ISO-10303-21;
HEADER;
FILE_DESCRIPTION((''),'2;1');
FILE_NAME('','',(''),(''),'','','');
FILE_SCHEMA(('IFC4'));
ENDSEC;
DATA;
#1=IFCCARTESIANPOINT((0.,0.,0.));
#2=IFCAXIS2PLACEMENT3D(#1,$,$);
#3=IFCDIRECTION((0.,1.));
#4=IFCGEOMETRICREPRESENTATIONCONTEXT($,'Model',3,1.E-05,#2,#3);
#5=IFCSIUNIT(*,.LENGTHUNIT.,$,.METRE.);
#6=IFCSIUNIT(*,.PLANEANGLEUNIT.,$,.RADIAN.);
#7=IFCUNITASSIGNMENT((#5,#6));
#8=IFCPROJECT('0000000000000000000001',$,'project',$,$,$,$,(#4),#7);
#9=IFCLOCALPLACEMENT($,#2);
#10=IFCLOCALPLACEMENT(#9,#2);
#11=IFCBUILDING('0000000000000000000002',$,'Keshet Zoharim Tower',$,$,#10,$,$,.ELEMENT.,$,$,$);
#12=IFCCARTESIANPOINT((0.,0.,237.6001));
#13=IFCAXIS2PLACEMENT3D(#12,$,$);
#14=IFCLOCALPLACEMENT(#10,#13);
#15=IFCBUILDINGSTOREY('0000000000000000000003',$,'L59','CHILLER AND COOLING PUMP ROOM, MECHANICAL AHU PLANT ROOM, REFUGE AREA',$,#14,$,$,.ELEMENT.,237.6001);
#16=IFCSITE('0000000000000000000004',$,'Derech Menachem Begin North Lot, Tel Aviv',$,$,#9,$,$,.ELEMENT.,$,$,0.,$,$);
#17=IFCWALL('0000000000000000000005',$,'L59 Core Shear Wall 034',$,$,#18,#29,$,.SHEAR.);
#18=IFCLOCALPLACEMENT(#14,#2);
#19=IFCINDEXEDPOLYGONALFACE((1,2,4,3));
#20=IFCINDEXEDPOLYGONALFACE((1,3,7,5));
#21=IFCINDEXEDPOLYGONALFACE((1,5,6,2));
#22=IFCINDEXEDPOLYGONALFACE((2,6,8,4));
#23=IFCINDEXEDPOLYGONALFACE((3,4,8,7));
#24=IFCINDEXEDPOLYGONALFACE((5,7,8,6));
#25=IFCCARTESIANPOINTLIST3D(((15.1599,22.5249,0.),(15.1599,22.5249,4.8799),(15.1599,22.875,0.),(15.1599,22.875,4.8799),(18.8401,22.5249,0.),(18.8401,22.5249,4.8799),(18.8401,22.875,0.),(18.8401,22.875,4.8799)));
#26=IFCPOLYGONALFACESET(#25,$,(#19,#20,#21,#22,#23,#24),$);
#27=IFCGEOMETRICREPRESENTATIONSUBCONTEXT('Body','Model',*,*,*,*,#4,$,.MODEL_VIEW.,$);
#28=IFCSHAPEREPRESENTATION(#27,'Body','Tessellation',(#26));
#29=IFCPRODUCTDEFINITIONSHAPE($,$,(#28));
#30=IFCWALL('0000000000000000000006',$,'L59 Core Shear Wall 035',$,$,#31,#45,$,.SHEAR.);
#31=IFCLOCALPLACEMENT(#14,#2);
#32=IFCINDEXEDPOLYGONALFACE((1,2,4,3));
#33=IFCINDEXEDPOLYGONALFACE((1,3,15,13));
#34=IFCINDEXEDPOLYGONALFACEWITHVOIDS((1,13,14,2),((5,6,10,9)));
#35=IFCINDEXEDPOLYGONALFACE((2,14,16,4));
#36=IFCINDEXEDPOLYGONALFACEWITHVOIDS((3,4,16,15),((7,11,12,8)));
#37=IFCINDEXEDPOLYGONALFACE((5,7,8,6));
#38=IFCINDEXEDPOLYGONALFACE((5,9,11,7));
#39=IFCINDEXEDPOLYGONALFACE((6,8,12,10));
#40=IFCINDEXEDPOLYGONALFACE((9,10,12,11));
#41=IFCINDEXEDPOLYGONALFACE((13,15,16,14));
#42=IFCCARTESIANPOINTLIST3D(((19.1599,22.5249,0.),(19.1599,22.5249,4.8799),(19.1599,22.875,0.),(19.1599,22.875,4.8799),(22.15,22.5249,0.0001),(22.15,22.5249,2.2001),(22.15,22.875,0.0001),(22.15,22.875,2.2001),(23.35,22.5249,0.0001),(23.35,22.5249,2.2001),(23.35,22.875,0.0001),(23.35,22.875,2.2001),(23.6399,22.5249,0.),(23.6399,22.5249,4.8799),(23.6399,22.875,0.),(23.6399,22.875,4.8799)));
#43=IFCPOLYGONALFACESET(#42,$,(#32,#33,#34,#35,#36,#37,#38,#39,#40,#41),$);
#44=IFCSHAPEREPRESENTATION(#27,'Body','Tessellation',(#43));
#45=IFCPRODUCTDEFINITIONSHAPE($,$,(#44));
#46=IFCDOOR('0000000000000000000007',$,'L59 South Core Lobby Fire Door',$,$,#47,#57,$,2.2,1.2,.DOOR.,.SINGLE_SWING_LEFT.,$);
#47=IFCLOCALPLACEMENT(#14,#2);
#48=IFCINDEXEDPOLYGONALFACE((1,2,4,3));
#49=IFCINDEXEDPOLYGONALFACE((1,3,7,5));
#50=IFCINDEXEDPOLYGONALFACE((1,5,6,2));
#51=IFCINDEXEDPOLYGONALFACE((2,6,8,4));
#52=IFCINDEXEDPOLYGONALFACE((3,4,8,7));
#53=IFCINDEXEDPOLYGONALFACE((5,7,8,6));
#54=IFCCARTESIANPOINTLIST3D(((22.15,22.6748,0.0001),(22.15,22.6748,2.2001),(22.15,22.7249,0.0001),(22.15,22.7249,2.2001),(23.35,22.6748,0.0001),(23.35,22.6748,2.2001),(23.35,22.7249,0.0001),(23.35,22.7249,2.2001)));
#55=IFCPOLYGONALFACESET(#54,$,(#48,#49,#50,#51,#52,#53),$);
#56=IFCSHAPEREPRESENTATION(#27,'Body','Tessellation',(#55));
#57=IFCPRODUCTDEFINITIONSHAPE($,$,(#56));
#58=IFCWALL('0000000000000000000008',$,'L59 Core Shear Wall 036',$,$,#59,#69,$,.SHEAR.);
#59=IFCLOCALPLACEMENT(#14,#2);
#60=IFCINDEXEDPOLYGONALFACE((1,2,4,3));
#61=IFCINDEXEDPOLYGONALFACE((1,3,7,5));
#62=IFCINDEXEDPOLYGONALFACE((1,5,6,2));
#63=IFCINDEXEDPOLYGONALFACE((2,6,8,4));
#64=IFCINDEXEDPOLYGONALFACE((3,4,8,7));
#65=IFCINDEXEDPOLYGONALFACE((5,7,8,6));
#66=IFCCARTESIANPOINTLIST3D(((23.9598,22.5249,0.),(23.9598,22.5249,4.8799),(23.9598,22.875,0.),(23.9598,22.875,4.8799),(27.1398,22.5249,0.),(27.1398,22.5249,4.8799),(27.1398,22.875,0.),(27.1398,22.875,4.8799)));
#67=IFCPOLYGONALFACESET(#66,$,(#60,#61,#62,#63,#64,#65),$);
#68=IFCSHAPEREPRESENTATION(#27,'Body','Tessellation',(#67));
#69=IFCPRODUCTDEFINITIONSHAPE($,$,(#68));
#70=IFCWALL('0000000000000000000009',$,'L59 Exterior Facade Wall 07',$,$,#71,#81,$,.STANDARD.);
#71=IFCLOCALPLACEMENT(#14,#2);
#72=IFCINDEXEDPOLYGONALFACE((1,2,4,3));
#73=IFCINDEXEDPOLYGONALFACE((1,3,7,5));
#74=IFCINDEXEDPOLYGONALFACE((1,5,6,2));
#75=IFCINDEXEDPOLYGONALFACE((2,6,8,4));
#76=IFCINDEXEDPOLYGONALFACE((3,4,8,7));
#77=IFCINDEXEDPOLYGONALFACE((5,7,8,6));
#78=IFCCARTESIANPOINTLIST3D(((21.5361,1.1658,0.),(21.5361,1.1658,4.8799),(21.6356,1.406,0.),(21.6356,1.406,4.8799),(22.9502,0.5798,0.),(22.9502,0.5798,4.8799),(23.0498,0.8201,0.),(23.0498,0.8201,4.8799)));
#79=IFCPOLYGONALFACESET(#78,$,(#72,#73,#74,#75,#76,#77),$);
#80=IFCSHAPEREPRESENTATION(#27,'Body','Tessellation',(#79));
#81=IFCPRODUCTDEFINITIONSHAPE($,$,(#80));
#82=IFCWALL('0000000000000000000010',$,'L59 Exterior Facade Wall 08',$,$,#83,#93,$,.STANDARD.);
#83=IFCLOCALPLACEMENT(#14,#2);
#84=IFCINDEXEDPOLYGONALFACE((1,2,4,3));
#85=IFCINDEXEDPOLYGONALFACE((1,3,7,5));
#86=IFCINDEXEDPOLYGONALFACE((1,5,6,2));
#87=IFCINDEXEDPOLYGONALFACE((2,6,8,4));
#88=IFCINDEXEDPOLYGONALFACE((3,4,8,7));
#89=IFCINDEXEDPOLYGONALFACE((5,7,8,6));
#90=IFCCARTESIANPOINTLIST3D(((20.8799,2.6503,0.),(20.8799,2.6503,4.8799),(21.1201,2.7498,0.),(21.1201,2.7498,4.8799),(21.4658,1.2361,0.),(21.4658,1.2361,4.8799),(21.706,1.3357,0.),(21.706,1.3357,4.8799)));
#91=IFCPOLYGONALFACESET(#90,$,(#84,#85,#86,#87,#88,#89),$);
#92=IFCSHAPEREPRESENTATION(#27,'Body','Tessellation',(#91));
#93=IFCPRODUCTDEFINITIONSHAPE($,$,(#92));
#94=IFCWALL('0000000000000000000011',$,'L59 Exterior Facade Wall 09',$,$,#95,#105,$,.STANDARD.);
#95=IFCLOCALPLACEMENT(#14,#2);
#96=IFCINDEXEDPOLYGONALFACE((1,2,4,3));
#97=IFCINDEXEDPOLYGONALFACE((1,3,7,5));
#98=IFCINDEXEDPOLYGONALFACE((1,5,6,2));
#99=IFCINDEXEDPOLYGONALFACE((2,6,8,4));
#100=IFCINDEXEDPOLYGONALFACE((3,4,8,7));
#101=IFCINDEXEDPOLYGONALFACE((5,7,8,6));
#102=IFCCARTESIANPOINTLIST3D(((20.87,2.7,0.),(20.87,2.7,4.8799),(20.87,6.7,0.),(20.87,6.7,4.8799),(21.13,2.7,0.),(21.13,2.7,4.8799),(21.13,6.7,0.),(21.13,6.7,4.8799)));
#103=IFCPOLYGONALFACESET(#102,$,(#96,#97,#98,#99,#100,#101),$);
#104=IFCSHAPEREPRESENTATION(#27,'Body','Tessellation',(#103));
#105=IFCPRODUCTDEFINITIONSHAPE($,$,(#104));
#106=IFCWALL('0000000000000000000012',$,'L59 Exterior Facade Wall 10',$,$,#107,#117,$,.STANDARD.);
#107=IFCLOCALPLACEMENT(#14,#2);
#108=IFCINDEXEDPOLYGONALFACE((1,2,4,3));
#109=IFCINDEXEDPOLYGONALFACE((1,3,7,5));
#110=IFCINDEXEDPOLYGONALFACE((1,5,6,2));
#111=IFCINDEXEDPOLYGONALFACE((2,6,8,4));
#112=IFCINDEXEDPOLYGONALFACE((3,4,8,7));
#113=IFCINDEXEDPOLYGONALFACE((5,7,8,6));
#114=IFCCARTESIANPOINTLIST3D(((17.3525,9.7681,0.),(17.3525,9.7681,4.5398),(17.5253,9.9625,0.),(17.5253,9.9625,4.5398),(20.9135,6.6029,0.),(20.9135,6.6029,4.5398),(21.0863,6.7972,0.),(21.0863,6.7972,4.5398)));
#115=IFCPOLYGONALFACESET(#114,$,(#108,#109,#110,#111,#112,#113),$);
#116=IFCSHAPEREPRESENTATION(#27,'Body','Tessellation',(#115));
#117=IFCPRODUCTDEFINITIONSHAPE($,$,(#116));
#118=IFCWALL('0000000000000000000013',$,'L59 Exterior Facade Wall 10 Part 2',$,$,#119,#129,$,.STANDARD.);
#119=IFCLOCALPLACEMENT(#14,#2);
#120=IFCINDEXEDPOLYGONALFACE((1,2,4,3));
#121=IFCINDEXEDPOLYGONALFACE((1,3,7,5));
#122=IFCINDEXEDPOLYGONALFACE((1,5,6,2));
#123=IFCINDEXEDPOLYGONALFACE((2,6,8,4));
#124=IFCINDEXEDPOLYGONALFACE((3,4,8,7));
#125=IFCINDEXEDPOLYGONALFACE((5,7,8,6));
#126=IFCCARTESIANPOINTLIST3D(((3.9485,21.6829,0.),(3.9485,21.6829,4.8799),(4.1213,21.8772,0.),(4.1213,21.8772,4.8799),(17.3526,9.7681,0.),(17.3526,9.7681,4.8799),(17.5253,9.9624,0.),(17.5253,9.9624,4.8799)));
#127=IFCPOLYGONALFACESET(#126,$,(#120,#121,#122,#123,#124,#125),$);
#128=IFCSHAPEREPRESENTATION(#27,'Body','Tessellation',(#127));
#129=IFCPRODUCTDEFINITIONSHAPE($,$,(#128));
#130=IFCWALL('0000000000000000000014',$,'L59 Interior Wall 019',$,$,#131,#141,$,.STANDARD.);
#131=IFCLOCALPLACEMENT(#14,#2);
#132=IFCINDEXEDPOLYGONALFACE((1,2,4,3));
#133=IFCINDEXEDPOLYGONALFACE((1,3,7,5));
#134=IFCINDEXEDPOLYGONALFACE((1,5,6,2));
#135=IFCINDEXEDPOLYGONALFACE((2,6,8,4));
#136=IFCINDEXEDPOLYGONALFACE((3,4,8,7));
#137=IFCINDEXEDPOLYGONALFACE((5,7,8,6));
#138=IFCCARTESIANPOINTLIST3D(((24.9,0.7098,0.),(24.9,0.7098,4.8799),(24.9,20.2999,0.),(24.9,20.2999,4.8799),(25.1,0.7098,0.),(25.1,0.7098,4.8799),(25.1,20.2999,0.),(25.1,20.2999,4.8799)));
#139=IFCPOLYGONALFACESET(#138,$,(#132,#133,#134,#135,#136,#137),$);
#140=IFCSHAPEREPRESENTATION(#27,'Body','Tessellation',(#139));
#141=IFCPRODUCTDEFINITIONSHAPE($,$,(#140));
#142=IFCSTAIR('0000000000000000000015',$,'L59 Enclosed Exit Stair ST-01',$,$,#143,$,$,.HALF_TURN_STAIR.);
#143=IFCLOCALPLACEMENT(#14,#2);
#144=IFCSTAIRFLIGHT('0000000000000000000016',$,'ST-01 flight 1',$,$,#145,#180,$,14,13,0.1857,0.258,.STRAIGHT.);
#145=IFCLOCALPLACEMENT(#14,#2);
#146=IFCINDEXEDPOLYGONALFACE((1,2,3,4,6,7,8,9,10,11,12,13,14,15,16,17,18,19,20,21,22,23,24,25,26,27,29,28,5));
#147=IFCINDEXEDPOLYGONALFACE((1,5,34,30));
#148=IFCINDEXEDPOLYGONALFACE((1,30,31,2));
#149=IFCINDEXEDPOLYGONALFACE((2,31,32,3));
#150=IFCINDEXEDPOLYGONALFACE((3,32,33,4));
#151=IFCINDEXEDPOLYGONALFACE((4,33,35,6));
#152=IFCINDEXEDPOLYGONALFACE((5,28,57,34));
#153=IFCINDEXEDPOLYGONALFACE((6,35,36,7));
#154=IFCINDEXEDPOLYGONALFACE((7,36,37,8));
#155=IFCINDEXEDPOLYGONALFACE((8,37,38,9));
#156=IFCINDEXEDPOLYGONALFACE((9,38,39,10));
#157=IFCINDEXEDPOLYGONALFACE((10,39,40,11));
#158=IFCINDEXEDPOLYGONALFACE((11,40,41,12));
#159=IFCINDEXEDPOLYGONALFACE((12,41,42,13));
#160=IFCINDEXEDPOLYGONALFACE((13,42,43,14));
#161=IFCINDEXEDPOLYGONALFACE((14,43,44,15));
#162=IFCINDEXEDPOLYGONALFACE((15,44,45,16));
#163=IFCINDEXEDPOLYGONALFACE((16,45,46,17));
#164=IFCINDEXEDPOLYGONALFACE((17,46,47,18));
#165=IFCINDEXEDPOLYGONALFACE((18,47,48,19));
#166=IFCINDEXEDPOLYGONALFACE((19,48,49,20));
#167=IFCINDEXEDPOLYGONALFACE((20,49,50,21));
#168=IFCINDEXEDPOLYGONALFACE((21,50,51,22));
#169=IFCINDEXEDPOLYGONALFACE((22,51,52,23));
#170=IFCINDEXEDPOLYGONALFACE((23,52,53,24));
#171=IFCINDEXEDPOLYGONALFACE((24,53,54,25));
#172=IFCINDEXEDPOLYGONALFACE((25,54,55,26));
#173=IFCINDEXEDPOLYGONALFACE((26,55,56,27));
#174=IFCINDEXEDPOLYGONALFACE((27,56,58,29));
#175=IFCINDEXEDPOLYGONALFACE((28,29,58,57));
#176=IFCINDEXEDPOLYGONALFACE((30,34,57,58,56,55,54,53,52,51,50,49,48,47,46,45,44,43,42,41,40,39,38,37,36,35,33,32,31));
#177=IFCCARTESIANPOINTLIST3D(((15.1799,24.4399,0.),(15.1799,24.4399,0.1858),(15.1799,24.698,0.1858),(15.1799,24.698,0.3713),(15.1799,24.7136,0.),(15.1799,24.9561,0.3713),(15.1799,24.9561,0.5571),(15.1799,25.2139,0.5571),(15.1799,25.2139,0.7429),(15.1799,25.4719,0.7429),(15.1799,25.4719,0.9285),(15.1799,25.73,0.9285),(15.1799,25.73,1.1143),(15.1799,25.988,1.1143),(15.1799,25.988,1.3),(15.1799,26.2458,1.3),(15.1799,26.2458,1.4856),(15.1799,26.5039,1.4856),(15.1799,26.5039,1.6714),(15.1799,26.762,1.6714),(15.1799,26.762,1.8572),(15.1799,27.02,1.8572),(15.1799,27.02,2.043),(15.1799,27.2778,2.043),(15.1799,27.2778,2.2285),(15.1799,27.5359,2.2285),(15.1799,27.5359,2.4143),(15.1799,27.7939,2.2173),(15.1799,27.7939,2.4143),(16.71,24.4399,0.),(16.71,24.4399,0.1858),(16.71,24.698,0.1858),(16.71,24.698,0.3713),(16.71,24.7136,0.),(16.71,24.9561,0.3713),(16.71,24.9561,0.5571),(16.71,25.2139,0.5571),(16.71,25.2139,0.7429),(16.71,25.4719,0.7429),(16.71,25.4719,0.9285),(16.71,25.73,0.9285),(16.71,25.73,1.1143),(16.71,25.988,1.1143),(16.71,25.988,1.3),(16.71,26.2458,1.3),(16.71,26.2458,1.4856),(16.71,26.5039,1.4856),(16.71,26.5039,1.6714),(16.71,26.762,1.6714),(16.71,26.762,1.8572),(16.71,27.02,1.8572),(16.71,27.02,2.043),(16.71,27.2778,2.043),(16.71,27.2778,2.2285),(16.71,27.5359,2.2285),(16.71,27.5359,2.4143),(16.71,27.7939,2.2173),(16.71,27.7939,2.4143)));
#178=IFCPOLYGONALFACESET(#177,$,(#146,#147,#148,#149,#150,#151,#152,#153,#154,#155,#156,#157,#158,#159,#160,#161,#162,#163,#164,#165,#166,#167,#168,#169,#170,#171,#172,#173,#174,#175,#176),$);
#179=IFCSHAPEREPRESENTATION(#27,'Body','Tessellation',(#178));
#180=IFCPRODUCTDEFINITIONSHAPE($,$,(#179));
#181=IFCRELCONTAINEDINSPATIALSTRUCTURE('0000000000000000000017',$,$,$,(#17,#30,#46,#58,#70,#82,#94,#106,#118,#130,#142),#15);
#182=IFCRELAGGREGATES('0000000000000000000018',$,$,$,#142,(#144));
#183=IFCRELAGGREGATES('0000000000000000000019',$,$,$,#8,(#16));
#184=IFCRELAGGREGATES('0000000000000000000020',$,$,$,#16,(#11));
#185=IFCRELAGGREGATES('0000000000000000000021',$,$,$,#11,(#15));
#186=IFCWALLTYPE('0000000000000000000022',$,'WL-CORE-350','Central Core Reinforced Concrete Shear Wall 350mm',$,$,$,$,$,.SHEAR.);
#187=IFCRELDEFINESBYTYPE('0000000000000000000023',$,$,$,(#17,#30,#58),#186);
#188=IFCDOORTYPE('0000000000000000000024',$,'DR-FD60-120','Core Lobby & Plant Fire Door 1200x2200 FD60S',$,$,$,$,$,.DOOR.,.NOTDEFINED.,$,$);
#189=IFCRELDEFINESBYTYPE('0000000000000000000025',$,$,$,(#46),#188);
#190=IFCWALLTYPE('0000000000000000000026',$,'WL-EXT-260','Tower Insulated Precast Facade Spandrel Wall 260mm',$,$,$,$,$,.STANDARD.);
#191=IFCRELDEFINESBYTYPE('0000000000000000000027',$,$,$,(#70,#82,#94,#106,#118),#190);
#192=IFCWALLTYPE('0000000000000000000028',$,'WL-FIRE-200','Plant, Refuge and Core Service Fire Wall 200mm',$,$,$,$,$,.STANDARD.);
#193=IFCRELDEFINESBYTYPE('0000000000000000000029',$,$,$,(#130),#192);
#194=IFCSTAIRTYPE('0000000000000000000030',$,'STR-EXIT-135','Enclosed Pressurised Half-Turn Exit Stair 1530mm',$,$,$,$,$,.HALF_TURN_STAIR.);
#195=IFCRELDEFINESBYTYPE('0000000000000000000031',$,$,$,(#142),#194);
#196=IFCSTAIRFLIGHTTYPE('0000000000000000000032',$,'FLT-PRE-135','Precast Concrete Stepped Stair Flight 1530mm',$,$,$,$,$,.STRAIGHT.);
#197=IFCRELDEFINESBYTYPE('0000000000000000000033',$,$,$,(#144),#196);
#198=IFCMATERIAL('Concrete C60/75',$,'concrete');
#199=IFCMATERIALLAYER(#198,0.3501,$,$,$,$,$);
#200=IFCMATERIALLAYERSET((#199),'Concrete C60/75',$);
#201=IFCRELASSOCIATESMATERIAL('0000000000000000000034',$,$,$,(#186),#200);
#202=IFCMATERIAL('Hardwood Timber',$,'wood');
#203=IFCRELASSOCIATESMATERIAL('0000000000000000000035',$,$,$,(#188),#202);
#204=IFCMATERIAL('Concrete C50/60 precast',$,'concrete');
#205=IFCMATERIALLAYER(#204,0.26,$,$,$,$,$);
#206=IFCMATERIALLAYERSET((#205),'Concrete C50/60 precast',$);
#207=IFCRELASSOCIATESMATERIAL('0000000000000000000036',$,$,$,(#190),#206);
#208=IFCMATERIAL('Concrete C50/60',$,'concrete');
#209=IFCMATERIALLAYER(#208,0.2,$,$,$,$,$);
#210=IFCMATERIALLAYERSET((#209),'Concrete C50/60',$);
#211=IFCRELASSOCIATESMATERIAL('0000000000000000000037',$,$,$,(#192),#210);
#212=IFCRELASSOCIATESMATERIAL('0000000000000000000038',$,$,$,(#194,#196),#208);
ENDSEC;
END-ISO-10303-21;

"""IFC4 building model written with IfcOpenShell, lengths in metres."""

from ifc_helpers import new_model, si_unit, direction, frame, frame_2d, origin, place, context, subcontext, project, spatial, polyline, rectangle, outline, extrude, material, layer, layer_set, type_object, element, fill, aggregate, save


model = new_model("IFC4")

# Units and contexts
model_context = context("Model", 3, precision=1e-05, world=origin(), true_north=direction((0.0, 1.0)))
body_context = subcontext(model_context, "Body", "Model", "MODEL_VIEW")
ifc_project = project(units=[si_unit("LENGTHUNIT", "METRE"), si_unit("PLANEANGLEUNIT", "RADIAN")], contexts=[model_context])

# Site, building, storey
site_placement = place(None, origin())
site = spatial("IfcSite", under=ifc_project, at=site_placement, Name="Derech Menachem Begin North Lot, Tel Aviv", CompositionType="ELEMENT", RefElevation=0.0)
building_placement = place(site_placement, origin())
building = spatial("IfcBuilding", under=site, at=building_placement, Name="Keshet Zoharim Tower", CompositionType="ELEMENT")
storey_placement = place(building_placement, frame((0.0, 0.0, 237.6001)))
storey = spatial("IfcBuildingStorey", under=building, at=storey_placement, Name="L59", Description="CHILLER AND COOLING PUMP ROOM, MECHANICAL AHU PLANT ROOM, REFUGE AREA", CompositionType="ELEMENT", Elevation=237.6001)

# Shared definitions
ifc_material_1 = material(Name="Concrete C50/60", Category="concrete")

# Shared definitions
ifc_material_2 = material(Name="Concrete C60/75", Category="concrete")

# Shared definitions
ifc_layer_1 = layer(ifc_material_2, 0.3501)
ifc_layer_set_1 = layer_set([ifc_layer_1], Name="Concrete C60/75")
wall_type_1 = type_object("IfcWallType", Name="WL-CORE-350", Description="Central Core Reinforced Concrete Shear Wall 350mm", PredefinedType="SHEAR", material=ifc_layer_set_1)
ifc_material_3 = material(Name="Hardwood Timber", Category="wood")

# Wall
wall_1_placement = place(storey_placement, frame((15.1599, 22.7, 0.0), z_axis=(0.0, 0.0, 1.0), x_axis=(1.0, 0.0, 0.0)))
element("IfcWall", 1, at=wall_1_placement, inside=storey, type_object=wall_type_1, Name="L59 Core Shear Wall 034", PredefinedType="SHEAR", context=body_context, shape_type="SweptSolid", body=[
    extrude(rectangle(XDim=3.6802, YDim=0.3501, at=frame_2d((1.8401, 0.0))), origin(), (0.0, 0.0, 1.0), 4.8799),
])

# Wall, opening, door
wall_2_placement = place(storey_placement, frame((19.1599, 22.7, 0.0), z_axis=(0.0, 0.0, 1.0), x_axis=(1.0, 0.0, 0.0)))
wall_2 = element("IfcWall", 2, at=wall_2_placement, inside=storey, type_object=wall_type_1, Name="L59 Core Shear Wall 035", PredefinedType="SHEAR", context=body_context, shape_type="SweptSolid", body=[
    extrude(rectangle(XDim=4.48, YDim=0.3501, at=frame_2d((2.24, 0.0))), origin(), (0.0, 0.0, 1.0), 4.8799),
])
opening_1_placement = place(wall_2_placement, frame((2.99, 0.0, 0.0)))
opening_1 = element("IfcOpeningElement", 3, at=opening_1_placement, cuts=wall_2, PredefinedType="OPENING", context=body_context, shape_type="SweptSolid", body=[
    extrude(rectangle(XDim=1.2, YDim=2.2, at=frame_2d((0.6001, 1.1001))), frame((0.0, 0.1851, 0.0), z_axis=(0.0, -1.0, 0.0), x_axis=(1.0, 0.0, 0.0)), (0.0, 0.0, 1.0), 0.3701),
])
door_type_1 = type_object("IfcDoorType", Name="DR-FD60-120", Description="Core Lobby & Plant Fire Door 1200x2200 FD60S", OperationType="NOTDEFINED", PredefinedType="DOOR", material=ifc_material_3)
door_1_placement = place(opening_1_placement, origin())
door_1 = element("IfcDoor", 4, at=door_1_placement, inside=storey, type_object=door_type_1, Name="L59 South Core Lobby Fire Door", OperationType="SINGLE_SWING_LEFT", OverallHeight=2.2, OverallWidth=1.2, PredefinedType="DOOR", context=body_context, shape_type="SweptSolid", body=[
    extrude(rectangle(XDim=1.2, YDim=2.2, at=frame_2d((0.6001, 1.1001))), frame((0.0, 0.0249, 0.0), z_axis=(0.0, -1.0, 0.0), x_axis=(1.0, 0.0, 0.0)), (0.0, 0.0, 1.0), 0.05),
])
fill(opening_1, door_1)

# Walls
wall_3_placement = place(storey_placement, frame((23.96, 22.7, 0.0), z_axis=(0.0, 0.0, 1.0), x_axis=(1.0, 0.0, 0.0)))
element("IfcWall", 5, at=wall_3_placement, inside=storey, type_object=wall_type_1, Name="L59 Core Shear Wall 036", PredefinedType="SHEAR", context=body_context, shape_type="SweptSolid", body=[
    extrude(rectangle(XDim=3.1799, YDim=0.3501, at=frame_2d((1.5898, 0.0))), origin(), (0.0, 0.0, 1.0), 4.8799),
])
ifc_material_4 = material(Name="Concrete C50/60 precast", Category="concrete")
ifc_layer_2 = layer(ifc_material_4, 0.26)
ifc_layer_set_2 = layer_set([ifc_layer_2], Name="Concrete C50/60 precast")
wall_type_2 = type_object("IfcWallType", Name="WL-EXT-260", Description="Tower Insulated Precast Facade Spandrel Wall 260mm", PredefinedType="STANDARD", material=ifc_layer_set_2)
for number, where, z_axis, x_axis, name in (
    (6, (23.0, 0.7, 0.0), (0.0, 0.0, 1.0), (-0.92383, 0.382803, 0.0), "L59 Exterior Facade Wall 07"),
    (7, (21.5859, 1.2859, 0.0), (0.0, 0.0, 1.0), (-0.382803, 0.92383, 0.0), "L59 Exterior Facade Wall 08"),
):
    element("IfcWall", number, at=place(storey_placement, frame(where, z_axis=z_axis, x_axis=x_axis)), inside=storey, type_object=wall_type_2, Name=name, PredefinedType="STANDARD", context=body_context, shape_type="SweptSolid", body=[
        extrude(rectangle(XDim=1.5308, YDim=0.26, at=frame_2d((0.7654, 0.0))), origin(), (0.0, 0.0, 1.0), 4.8799),
    ])
wall_4_placement = place(storey_placement, frame((21.0, 2.7, 0.0), z_axis=(0.0, 0.0, 1.0), x_axis=(0.0, 1.0, 0.0)))
element("IfcWall", 8, at=wall_4_placement, inside=storey, type_object=wall_type_2, Name="L59 Exterior Facade Wall 09", PredefinedType="STANDARD", context=body_context, shape_type="SweptSolid", body=[
    extrude(rectangle(XDim=4.0, YDim=0.26, at=frame_2d((2.0, 0.0))), origin(), (0.0, 0.0, 1.0), 4.8799),
])
wall_5_placement = place(storey_placement, frame((21.0, 6.7, 0.0), z_axis=(0.0, 0.0, 1.0), x_axis=(-0.747418, 0.664354, 0.0)))
element("IfcWall", 9, at=wall_5_placement, inside=storey, type_object=wall_type_2, Name="L59 Exterior Facade Wall 10", PredefinedType="STANDARD", context=body_context, shape_type="SweptSolid", body=[
    extrude(rectangle(XDim=4.7644, YDim=0.26, at=frame_2d((2.3823, 0.0))), origin(), (0.0, 0.0, 1.0), 4.5398),
])
wall_6_placement = place(storey_placement, frame((17.439, 9.8652, 0.0), z_axis=(0.0, 0.0, 1.0), x_axis=(-0.747407, 0.664366, 0.0)))
element("IfcWall", 10, at=wall_6_placement, inside=storey, type_object=wall_type_2, Name="L59 Exterior Facade Wall 10 Part 2", PredefinedType="STANDARD", context=body_context, shape_type="SweptSolid", body=[
    extrude(rectangle(XDim=17.9341, YDim=0.26, at=frame_2d((8.967, 0.0))), origin(), (0.0, 0.0, 1.0), 4.8799),
])
ifc_layer_3 = layer(ifc_material_1, 0.2)
ifc_layer_set_3 = layer_set([ifc_layer_3], Name="Concrete C50/60")
wall_type_3 = type_object("IfcWallType", Name="WL-FIRE-200", Description="Plant, Refuge and Core Service Fire Wall 200mm", PredefinedType="STANDARD", material=ifc_layer_set_3)
wall_7_placement = place(storey_placement, frame((25.0, 0.71, 0.0), z_axis=(0.0, 0.0, 1.0), x_axis=(0.0, 1.0, 0.0)))
element("IfcWall", 11, at=wall_7_placement, inside=storey, type_object=wall_type_3, Name="L59 Interior Wall 019", PredefinedType="STANDARD", context=body_context, shape_type="SweptSolid", body=[
    extrude(rectangle(XDim=19.5901, YDim=0.2, at=frame_2d((9.7949, 0.0))), origin(), (0.0, 0.0, 1.0), 4.8799),
])

# Stair, stair flight
stair_type = type_object("IfcStairType", Name="STR-EXIT-135", Description="Enclosed Pressurised Half-Turn Exit Stair 1530mm", PredefinedType="HALF_TURN_STAIR", material=ifc_material_1)
stair_placement = place(storey_placement, origin())
stair = element("IfcStair", 12, at=stair_placement, inside=storey, type_object=stair_type, Name="L59 Enclosed Exit Stair ST-01", PredefinedType="HALF_TURN_STAIR")
stair_flight_type = type_object("IfcStairFlightType", Name="FLT-PRE-135", Description="Precast Concrete Stepped Stair Flight 1530mm", PredefinedType="STRAIGHT", material=ifc_material_1)
stair_flight_placement = place(storey_placement, frame((15.9451, 24.4399, 0.0), z_axis=(0.0, 0.0, 1.0), x_axis=(0.0, 1.0, 0.0)))
stair_flight = element("IfcStairFlight", 13, at=stair_flight_placement, type_object=stair_flight_type, Name="ST-01 flight 1", NumberOfRisers=14, NumberOfTreads=13, PredefinedType="STRAIGHT", RiserHeight=0.1857, TreadLength=0.258, context=body_context, shape_type="SweptSolid", body=[
    extrude(outline(polyline([(0.0, 0.0), (0.0, 0.1858), (0.2581, 0.1858), (0.2581, 0.3713), (0.5161, 0.3713), (0.5161, 0.5571), (0.7739, 0.5571), (0.7739, 0.7429), (1.032, 0.7429), (1.032, 0.9285), (1.29, 0.9285), (1.29, 1.1143), (1.5481, 1.1143), (1.5481, 1.3), (1.8059, 1.3), (1.8059, 1.4856), (2.064, 1.4856), (2.064, 1.6714), (2.322, 1.6714), (2.322, 1.8572), (2.5801, 1.8572), (2.5801, 2.043), (2.8379, 2.043), (2.8379, 2.2285), (3.0959, 2.2285), (3.0959, 2.4143), (3.354, 2.4143), (3.354, 2.6001), (3.354, 2.2173), (0.2737, 0.0), (0.0, 0.0)])), frame((0.0, 0.7651, 0.0), z_axis=(0.0, -1.0, 0.0), x_axis=(1.0, 0.0, 0.0)), (0.0, 0.0, 1.0), 1.53),
])
aggregate(stair, [stair_flight])

save(model, "model.ifc")
